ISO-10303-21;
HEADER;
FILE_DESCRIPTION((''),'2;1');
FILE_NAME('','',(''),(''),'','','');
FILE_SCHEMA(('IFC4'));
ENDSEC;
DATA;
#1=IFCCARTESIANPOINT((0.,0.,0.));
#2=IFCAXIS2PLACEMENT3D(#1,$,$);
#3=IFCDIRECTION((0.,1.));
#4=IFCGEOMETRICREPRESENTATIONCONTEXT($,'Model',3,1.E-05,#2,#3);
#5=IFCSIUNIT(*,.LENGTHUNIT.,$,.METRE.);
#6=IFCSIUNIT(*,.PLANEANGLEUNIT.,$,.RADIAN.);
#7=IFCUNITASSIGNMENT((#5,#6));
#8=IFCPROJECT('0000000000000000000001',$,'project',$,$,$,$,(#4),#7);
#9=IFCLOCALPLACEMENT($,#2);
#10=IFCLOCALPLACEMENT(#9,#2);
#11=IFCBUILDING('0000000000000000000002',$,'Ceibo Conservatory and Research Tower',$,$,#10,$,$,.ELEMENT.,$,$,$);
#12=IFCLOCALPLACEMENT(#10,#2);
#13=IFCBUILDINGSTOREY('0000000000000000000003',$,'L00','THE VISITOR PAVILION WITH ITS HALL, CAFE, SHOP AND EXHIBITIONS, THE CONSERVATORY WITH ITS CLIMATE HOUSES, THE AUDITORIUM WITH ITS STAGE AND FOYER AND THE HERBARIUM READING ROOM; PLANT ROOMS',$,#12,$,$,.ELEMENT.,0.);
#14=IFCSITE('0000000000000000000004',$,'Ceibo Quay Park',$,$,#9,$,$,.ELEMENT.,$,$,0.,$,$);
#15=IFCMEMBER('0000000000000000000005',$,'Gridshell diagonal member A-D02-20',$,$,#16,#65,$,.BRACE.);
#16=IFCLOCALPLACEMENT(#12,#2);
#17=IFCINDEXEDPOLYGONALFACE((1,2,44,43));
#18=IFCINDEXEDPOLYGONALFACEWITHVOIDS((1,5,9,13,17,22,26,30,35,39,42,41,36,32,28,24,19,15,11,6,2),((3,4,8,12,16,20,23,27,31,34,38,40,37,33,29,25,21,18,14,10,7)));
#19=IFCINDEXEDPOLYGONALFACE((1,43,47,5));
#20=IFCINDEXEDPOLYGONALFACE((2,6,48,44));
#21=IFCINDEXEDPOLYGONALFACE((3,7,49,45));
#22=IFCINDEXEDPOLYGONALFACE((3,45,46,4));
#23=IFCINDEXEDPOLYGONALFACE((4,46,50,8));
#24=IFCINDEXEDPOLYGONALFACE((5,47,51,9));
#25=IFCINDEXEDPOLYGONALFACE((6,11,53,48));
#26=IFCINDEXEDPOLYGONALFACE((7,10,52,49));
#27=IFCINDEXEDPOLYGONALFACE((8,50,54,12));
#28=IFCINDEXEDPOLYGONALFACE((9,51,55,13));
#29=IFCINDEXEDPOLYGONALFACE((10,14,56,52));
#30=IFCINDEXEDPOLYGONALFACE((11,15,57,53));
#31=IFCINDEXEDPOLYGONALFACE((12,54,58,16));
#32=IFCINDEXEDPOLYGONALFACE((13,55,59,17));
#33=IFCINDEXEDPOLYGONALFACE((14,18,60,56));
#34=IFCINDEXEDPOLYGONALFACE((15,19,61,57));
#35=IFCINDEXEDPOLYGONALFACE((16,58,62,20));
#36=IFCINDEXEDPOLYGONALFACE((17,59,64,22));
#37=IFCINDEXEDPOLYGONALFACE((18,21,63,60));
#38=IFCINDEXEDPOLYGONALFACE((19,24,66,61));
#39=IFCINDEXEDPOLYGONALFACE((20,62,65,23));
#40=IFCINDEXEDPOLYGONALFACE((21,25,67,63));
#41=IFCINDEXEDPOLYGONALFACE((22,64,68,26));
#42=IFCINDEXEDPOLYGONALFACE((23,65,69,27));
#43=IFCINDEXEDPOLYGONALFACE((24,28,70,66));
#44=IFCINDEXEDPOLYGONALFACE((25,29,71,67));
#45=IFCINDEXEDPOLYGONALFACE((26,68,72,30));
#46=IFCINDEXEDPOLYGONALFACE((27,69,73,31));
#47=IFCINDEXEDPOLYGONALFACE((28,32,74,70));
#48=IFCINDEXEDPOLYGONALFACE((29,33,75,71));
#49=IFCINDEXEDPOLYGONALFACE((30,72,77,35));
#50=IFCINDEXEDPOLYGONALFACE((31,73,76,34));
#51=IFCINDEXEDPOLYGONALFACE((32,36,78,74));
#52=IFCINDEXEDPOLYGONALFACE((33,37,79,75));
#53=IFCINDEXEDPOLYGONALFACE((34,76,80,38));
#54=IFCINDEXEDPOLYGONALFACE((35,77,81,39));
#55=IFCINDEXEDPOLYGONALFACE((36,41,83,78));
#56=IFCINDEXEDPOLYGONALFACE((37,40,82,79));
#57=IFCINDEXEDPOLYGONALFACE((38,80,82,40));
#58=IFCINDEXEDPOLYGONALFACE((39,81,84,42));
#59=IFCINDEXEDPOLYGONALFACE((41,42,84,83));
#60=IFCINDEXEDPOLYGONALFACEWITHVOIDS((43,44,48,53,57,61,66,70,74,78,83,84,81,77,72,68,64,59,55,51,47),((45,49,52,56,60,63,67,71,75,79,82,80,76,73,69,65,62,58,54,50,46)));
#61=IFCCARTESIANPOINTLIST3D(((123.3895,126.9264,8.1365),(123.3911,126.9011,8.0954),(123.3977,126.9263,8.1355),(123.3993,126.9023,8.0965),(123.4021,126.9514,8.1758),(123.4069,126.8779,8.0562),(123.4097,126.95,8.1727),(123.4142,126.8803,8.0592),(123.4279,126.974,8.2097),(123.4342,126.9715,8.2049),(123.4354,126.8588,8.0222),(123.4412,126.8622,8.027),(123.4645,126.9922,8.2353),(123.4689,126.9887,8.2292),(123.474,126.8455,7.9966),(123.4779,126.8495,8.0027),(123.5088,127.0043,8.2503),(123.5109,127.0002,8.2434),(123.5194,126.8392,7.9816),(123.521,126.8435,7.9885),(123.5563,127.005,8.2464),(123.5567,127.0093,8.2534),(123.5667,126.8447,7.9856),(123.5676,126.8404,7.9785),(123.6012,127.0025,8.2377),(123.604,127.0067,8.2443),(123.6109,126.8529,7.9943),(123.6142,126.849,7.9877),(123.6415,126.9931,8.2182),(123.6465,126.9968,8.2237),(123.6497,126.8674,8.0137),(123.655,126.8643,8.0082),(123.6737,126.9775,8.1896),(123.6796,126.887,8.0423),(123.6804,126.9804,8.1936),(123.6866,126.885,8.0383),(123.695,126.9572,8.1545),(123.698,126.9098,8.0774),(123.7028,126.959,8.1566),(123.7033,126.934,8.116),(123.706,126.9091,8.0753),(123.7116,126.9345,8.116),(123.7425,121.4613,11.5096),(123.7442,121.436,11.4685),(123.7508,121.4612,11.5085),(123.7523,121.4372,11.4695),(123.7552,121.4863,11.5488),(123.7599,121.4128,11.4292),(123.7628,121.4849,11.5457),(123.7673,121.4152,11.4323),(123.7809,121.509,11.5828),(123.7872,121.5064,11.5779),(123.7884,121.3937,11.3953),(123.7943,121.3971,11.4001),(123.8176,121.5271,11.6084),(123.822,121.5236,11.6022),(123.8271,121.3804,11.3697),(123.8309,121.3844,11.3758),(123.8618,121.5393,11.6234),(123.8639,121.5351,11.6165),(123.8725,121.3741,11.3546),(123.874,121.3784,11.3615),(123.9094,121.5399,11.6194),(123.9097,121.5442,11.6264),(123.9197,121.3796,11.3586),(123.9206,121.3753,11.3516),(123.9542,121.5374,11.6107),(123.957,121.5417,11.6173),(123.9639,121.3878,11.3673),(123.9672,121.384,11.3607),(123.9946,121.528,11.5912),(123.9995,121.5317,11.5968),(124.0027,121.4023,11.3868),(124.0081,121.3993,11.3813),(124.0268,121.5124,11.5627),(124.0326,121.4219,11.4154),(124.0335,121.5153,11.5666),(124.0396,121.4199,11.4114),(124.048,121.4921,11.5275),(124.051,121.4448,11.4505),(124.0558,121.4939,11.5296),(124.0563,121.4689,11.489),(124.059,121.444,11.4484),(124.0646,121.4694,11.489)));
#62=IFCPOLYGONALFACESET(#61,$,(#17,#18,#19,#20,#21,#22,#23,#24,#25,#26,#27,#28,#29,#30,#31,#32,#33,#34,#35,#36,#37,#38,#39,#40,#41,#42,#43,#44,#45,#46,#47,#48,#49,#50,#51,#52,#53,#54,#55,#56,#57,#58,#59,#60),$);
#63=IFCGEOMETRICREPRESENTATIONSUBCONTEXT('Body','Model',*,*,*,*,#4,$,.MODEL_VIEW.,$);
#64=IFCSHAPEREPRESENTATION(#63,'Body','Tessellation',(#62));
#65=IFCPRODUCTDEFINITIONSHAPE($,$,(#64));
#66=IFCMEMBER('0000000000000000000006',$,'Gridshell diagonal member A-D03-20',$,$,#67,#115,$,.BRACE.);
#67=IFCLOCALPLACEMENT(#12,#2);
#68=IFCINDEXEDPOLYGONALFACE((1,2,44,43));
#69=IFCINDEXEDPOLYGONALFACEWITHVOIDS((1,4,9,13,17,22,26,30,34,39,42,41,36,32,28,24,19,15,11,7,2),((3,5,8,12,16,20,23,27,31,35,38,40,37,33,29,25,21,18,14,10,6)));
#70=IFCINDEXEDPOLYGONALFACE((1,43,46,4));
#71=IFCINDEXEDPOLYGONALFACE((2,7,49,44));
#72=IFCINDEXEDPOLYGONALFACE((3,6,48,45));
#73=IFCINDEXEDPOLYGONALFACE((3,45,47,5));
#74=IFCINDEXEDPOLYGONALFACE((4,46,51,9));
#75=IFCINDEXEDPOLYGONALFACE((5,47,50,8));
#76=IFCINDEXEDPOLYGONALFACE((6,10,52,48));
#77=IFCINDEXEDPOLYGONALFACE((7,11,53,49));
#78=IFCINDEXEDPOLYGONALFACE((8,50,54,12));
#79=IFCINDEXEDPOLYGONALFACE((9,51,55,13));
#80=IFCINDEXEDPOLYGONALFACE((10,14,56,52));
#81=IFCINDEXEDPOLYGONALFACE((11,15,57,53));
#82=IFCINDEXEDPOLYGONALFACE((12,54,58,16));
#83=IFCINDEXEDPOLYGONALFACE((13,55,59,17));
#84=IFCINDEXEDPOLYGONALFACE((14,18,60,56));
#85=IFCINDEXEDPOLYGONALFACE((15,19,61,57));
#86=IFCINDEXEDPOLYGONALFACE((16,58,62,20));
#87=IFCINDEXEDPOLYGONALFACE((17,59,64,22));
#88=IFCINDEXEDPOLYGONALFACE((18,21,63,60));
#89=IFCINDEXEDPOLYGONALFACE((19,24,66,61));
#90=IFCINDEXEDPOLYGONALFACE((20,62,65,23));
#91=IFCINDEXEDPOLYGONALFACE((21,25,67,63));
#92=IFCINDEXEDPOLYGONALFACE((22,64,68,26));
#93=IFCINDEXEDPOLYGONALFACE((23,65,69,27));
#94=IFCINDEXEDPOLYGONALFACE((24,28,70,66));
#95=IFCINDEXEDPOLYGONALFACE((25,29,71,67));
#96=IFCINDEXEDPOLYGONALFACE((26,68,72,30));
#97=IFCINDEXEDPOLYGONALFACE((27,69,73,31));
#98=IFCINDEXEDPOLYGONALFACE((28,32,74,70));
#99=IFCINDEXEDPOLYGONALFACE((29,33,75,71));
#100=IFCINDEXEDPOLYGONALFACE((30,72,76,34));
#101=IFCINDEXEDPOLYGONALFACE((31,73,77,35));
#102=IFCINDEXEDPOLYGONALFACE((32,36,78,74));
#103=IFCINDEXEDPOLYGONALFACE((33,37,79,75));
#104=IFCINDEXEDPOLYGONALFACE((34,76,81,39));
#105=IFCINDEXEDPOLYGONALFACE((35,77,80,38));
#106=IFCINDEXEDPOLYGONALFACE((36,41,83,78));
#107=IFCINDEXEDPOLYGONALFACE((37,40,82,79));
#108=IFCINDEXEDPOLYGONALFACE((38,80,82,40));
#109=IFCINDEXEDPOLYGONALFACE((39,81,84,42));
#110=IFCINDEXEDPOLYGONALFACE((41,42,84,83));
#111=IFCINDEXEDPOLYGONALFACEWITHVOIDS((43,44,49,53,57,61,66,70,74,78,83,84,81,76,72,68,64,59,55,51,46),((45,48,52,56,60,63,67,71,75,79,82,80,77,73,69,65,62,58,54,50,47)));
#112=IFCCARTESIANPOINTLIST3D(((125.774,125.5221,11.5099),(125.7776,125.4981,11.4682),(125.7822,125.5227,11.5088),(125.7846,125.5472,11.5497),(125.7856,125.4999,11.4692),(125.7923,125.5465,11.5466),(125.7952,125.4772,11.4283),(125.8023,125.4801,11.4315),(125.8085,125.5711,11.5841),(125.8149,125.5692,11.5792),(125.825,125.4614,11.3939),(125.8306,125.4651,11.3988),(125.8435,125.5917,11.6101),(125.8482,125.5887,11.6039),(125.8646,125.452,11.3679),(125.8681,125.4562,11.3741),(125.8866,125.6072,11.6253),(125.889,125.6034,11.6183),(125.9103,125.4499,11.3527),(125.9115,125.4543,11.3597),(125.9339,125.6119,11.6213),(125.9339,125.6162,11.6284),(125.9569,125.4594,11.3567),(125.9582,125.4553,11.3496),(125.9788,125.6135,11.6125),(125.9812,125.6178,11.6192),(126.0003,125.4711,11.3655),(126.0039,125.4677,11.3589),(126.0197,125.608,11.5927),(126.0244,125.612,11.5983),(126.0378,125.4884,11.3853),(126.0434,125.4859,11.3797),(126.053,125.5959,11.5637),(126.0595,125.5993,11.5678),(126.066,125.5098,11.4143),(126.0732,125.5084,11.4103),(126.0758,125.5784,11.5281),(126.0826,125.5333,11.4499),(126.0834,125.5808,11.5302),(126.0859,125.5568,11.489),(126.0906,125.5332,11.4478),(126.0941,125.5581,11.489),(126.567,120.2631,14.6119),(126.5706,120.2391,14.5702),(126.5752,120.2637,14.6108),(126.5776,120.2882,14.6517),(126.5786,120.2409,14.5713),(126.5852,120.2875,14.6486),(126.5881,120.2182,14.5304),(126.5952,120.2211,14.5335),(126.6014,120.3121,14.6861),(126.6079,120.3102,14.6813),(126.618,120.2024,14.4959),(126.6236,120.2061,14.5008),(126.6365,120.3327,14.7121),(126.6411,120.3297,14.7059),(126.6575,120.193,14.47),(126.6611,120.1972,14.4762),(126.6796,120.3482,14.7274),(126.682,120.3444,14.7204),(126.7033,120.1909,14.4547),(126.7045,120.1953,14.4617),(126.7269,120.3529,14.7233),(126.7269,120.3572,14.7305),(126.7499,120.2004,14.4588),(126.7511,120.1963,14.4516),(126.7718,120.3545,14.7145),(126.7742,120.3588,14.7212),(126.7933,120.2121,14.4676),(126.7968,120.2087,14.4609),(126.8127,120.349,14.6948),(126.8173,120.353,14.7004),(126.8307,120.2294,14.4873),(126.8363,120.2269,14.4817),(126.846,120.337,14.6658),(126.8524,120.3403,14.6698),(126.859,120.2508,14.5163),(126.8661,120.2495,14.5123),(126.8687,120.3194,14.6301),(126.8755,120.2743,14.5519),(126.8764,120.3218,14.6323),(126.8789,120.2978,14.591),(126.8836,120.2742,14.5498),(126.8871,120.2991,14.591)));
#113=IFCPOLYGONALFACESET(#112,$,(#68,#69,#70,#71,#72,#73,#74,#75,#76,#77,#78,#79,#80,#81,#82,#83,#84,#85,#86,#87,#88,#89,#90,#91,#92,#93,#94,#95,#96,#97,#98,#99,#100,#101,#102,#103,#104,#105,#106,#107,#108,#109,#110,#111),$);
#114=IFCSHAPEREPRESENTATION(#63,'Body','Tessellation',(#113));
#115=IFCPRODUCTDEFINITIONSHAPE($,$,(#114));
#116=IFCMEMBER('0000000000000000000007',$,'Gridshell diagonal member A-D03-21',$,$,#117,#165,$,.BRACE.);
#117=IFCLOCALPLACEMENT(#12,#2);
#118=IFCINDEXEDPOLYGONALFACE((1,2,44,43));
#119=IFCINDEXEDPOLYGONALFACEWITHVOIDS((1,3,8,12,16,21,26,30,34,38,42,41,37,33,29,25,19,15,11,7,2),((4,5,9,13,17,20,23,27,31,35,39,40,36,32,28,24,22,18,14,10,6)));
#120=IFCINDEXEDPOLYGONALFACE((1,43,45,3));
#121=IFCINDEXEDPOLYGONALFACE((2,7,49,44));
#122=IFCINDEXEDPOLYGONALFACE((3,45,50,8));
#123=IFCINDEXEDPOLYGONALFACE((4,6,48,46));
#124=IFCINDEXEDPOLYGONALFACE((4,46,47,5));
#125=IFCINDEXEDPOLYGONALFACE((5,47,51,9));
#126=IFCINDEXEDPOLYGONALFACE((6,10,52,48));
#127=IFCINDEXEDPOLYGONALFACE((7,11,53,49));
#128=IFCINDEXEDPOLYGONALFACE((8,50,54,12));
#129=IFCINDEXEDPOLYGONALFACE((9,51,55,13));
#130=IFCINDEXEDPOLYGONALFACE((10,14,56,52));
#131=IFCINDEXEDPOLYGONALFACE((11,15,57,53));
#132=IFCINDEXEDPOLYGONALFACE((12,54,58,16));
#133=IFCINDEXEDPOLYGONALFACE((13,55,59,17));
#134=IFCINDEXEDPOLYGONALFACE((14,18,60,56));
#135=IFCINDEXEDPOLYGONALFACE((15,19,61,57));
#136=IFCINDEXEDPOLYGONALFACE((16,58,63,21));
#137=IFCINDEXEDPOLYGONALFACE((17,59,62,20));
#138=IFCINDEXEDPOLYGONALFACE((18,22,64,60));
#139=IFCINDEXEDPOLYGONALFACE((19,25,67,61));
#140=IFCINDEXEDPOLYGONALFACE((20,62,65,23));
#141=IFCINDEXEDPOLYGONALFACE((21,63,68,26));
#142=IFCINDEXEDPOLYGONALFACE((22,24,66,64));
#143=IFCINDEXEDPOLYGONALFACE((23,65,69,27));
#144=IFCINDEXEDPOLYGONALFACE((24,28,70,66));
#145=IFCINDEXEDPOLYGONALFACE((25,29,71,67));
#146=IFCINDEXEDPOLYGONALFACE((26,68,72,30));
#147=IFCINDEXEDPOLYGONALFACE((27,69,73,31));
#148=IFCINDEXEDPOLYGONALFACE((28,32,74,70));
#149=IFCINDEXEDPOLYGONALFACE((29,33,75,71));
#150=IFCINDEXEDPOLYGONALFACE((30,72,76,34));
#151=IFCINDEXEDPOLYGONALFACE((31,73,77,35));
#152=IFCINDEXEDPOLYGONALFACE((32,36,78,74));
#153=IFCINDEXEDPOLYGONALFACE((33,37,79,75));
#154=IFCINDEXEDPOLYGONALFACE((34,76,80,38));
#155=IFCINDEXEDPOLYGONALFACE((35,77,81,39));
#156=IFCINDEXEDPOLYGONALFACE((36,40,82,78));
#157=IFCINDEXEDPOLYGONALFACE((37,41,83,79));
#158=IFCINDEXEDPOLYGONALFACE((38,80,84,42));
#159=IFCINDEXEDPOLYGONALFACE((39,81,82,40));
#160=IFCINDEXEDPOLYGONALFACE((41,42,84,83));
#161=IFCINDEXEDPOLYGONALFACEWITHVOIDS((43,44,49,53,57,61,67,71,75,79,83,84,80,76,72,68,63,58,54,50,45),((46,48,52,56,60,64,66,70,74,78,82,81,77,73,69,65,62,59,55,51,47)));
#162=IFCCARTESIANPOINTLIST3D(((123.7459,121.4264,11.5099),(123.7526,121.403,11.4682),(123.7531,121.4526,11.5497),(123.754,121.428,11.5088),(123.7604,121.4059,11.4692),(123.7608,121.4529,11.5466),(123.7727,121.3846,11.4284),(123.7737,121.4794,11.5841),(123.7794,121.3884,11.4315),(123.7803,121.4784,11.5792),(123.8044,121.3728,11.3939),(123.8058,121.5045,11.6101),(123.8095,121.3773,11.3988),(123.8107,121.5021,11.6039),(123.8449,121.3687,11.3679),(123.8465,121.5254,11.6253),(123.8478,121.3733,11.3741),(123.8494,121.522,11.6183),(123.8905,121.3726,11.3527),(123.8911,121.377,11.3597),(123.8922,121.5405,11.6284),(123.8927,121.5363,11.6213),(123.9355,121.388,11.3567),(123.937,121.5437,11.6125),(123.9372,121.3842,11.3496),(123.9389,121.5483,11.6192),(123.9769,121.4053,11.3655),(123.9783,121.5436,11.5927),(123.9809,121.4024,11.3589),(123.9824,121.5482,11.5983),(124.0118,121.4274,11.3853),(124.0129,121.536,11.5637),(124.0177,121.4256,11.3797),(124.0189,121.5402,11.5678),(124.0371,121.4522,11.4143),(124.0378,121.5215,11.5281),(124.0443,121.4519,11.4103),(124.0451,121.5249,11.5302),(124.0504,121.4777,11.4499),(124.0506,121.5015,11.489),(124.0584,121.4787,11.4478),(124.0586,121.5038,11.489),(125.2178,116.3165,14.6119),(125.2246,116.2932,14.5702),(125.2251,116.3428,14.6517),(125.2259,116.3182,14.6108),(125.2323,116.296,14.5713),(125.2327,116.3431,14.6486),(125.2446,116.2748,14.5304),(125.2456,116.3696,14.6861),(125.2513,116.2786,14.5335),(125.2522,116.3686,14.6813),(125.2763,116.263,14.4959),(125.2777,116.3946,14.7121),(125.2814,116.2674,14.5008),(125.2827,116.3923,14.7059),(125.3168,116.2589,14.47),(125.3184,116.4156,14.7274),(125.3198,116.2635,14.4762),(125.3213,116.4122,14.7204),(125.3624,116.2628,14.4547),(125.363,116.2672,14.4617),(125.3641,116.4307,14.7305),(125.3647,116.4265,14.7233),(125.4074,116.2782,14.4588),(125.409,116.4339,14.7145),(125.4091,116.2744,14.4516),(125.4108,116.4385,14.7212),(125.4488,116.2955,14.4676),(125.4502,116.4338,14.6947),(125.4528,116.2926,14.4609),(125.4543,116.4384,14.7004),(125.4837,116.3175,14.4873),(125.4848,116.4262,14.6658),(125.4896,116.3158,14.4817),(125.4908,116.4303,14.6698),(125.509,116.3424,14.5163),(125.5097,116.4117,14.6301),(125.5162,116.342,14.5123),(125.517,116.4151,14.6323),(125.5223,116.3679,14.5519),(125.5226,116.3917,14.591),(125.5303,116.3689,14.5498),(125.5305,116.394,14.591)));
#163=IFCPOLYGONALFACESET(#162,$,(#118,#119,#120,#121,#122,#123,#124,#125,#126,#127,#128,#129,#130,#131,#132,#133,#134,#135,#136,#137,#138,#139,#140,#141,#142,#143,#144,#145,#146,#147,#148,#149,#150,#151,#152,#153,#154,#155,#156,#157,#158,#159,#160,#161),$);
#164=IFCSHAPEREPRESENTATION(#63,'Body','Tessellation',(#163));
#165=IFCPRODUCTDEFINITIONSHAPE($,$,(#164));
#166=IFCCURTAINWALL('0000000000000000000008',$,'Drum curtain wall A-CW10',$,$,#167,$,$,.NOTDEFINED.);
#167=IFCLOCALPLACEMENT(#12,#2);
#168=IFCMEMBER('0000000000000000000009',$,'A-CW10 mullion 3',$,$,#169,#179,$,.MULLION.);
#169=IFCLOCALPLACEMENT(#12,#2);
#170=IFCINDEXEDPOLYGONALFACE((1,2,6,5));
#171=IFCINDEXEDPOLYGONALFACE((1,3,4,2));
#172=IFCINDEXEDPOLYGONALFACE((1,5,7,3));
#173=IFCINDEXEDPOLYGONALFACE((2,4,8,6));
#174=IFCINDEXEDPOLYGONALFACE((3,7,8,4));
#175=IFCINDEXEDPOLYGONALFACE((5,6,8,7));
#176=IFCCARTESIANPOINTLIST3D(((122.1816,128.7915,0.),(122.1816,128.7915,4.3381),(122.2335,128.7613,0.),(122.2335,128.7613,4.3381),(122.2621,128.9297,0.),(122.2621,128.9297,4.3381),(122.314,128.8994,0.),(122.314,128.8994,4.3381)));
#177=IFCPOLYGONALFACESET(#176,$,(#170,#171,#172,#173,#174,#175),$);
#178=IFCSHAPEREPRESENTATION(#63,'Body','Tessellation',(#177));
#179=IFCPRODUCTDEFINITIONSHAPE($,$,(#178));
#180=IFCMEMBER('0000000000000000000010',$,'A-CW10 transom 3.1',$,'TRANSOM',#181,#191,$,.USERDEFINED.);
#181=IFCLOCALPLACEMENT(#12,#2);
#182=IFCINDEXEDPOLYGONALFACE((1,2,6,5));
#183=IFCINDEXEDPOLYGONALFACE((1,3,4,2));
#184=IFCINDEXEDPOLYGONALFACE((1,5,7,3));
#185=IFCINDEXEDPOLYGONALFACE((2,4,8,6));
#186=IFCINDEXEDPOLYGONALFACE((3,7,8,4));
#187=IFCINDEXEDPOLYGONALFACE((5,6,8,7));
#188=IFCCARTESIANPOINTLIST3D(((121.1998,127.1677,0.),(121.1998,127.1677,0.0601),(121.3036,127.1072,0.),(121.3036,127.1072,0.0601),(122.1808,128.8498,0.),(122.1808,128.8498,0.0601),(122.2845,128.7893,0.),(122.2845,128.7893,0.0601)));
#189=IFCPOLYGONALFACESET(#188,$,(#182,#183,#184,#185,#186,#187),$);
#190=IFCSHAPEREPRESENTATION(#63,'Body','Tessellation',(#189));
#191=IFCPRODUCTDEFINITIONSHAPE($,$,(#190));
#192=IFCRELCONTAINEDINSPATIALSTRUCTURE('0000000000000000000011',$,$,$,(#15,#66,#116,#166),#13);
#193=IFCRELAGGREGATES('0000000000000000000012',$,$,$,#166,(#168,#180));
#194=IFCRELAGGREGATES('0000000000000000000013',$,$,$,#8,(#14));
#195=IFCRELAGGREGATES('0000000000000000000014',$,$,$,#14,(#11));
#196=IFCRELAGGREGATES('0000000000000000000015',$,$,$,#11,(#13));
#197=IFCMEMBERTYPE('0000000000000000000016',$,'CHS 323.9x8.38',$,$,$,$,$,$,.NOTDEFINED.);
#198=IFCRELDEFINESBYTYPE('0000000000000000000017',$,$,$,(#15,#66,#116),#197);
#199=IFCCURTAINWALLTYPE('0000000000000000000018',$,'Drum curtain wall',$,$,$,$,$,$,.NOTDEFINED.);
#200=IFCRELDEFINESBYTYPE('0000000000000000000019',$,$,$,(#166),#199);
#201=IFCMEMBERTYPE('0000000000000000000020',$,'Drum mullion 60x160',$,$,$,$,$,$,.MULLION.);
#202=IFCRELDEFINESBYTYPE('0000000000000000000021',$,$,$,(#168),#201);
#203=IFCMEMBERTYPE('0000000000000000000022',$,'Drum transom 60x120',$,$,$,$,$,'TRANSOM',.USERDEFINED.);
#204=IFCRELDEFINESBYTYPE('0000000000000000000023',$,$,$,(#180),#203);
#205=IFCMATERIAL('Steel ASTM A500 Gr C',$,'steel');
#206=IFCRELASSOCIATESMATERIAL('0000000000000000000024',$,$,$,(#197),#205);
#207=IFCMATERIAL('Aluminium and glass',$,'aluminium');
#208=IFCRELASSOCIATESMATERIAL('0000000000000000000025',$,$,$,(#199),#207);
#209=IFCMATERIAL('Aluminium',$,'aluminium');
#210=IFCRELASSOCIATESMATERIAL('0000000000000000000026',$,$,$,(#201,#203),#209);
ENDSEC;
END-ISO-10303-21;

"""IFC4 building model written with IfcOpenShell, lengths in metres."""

from ifc_helpers import new_model, si_unit, direction, frame, origin, origin_2d, place, context, subcontext, project, spatial, rectangle, hollow_circle, extrude, material, material_profile, profile_set, type_object, element, aggregate, save


model = new_model("IFC4")

# Units and contexts
model_context = context("Model", 3, precision=1e-05, world=origin(), true_north=direction((0.0, 1.0)))
body_context = subcontext(model_context, "Body", "Model", "MODEL_VIEW")
ifc_project = project(units=[si_unit("LENGTHUNIT", "METRE"), si_unit("PLANEANGLEUNIT", "RADIAN")], contexts=[model_context])

# Site, building, storey
site_placement = place(None, origin())
site = spatial("IfcSite", under=ifc_project, at=site_placement, Name="Ceibo Quay Park", CompositionType="ELEMENT", RefElevation=0.0)
building_placement = place(site_placement, origin())
building = spatial("IfcBuilding", under=site, at=building_placement, Name="Ceibo Conservatory and Research Tower", CompositionType="ELEMENT")
storey_placement = place(building_placement, origin())
storey = spatial("IfcBuildingStorey", under=building, at=storey_placement, Name="L00", Description="THE VISITOR PAVILION WITH ITS HALL, CAFE, SHOP AND EXHIBITIONS, THE CONSERVATORY WITH ITS CLIMATE HOUSES, THE AUDITORIUM WITH ITS STAGE AND FOYER AND THE HERBARIUM READING ROOM; PLANT ROOMS", CompositionType="ELEMENT", Elevation=0.0)

# Members
ifc_material_1 = material(Name="Steel ASTM A500 Gr C", Category="steel")
ifc_material_profile_1 = material_profile(ifc_material_1, hollow_circle(Radius=0.1619, WallThickness=0.0083, at=origin_2d()), Name="CHS 323.9x8.38")
ifc_profile_set_1 = profile_set([ifc_material_profile_1], Name="Steel ASTM A500 Gr C")
member_type_1 = type_object("IfcMemberType", Name="CHS 323.9x8.38", PredefinedType="NOTDEFINED", material=ifc_profile_set_1)
member_1_placement = place(storey_placement, frame((123.55, 126.9241, 8.116), z_axis=(0.054887, -0.849686, 0.524425), x_axis=(0.99792, 0.064462, 0.0)))
element("IfcMember", 1, at=member_1_placement, inside=storey, type_object=member_type_1, Name="Gridshell diagonal member A-D02-20", PredefinedType="BRACE", context=body_context, shape_type="SweptSolid", body=[
    extrude(hollow_circle(Radius=0.1619, WallThickness=0.0083, at=origin_2d()), origin(), (0.0, 0.0, 1.0), 6.4319),
])
member_2_placement = place(storey_placement, frame((125.9341, 125.5339, 11.489), z_axis=(0.128791, -0.854152, 0.503823), x_axis=(0.988823, 0.149097, 0.0)))
element("IfcMember", 2, at=member_2_placement, inside=storey, type_object=member_type_1, Name="Gridshell diagonal member A-D03-20", PredefinedType="BRACE", context=body_context, shape_type="SweptSolid", body=[
    extrude(hollow_circle(Radius=0.1619, WallThickness=0.0083, at=origin_2d()), origin(), (0.0, 0.0, 1.0), 6.157),
])
member_3_placement = place(storey_placement, frame((123.9031, 121.459, 11.489), z_axis=(0.239092, -0.830022, 0.503883), x_axis=(0.960927, 0.2768, 0.0)))
element("IfcMember", 3, at=member_3_placement, inside=storey, type_object=member_type_1, Name="Gridshell diagonal member A-D03-21", PredefinedType="BRACE", context=body_context, shape_type="SweptSolid", body=[
    extrude(hollow_circle(Radius=0.1619, WallThickness=0.0083, at=origin_2d()), origin(), (0.0, 0.0, 1.0), 6.1562),
])

# Curtain wall, members
ifc_material_2 = material(Name="Aluminium and glass", Category="aluminium")
curtain_wall_type = type_object("IfcCurtainWallType", Name="Drum curtain wall", PredefinedType="NOTDEFINED", material=ifc_material_2)
curtain_wall_placement = place(storey_placement, origin())
curtain_wall = element("IfcCurtainWall", 4, at=curtain_wall_placement, inside=storey, type_object=curtain_wall_type, Name="Drum curtain wall A-CW10", PredefinedType="NOTDEFINED")
ifc_material_3 = material(Name="Aluminium", Category="aluminium")
ifc_material_profile_2 = material_profile(ifc_material_3, rectangle(XDim=0.0601, YDim=0.1599, at=origin_2d()), Name="AL 60x160")
ifc_profile_set_2 = profile_set([ifc_material_profile_2], Name="Aluminium")
member_type_2 = type_object("IfcMemberType", Name="Drum mullion 60x160", PredefinedType="MULLION", material=ifc_profile_set_2)
member_4_placement = place(storey_placement, frame((122.2478, 128.8455, 0.0), z_axis=(0.0, 0.0, 1.0), x_axis=(0.863836, -0.503774, 0.0)))
member_4 = element("IfcMember", 5, at=member_4_placement, type_object=member_type_2, Name="A-CW10 mullion 3", PredefinedType="MULLION", context=body_context, shape_type="SweptSolid", body=[
    extrude(rectangle(XDim=0.0601, YDim=0.1599, at=origin_2d()), origin(), (0.0, 0.0, 1.0), 4.3381),
])
ifc_material_profile_3 = material_profile(ifc_material_3, rectangle(XDim=0.1201, YDim=0.0601, at=origin_2d()), Name="AL 60x120")
ifc_profile_set_3 = profile_set([ifc_material_profile_3], Name="Aluminium")
member_type_3 = type_object("IfcMemberType", Name="Drum transom 60x120", ElementType="TRANSOM", PredefinedType="USERDEFINED", material=ifc_profile_set_3)
member_5_placement = place(storey_placement, frame((122.2327, 128.8196, 0.03), z_axis=(-0.503762, -0.863843, 0.0), x_axis=(0.863843, -0.503762, 0.0)))
member_5 = element("IfcMember", 6, at=member_5_placement, type_object=member_type_3, Name="A-CW10 transom 3.1", ObjectType="TRANSOM", PredefinedType="USERDEFINED", context=body_context, shape_type="SweptSolid", body=[
    extrude(rectangle(XDim=0.1201, YDim=0.0601, at=origin_2d()), origin(), (0.0, 0.0, 1.0), 1.9473),
])
aggregate(curtain_wall, [member_4, member_5])

save(model, "model.ifc")
